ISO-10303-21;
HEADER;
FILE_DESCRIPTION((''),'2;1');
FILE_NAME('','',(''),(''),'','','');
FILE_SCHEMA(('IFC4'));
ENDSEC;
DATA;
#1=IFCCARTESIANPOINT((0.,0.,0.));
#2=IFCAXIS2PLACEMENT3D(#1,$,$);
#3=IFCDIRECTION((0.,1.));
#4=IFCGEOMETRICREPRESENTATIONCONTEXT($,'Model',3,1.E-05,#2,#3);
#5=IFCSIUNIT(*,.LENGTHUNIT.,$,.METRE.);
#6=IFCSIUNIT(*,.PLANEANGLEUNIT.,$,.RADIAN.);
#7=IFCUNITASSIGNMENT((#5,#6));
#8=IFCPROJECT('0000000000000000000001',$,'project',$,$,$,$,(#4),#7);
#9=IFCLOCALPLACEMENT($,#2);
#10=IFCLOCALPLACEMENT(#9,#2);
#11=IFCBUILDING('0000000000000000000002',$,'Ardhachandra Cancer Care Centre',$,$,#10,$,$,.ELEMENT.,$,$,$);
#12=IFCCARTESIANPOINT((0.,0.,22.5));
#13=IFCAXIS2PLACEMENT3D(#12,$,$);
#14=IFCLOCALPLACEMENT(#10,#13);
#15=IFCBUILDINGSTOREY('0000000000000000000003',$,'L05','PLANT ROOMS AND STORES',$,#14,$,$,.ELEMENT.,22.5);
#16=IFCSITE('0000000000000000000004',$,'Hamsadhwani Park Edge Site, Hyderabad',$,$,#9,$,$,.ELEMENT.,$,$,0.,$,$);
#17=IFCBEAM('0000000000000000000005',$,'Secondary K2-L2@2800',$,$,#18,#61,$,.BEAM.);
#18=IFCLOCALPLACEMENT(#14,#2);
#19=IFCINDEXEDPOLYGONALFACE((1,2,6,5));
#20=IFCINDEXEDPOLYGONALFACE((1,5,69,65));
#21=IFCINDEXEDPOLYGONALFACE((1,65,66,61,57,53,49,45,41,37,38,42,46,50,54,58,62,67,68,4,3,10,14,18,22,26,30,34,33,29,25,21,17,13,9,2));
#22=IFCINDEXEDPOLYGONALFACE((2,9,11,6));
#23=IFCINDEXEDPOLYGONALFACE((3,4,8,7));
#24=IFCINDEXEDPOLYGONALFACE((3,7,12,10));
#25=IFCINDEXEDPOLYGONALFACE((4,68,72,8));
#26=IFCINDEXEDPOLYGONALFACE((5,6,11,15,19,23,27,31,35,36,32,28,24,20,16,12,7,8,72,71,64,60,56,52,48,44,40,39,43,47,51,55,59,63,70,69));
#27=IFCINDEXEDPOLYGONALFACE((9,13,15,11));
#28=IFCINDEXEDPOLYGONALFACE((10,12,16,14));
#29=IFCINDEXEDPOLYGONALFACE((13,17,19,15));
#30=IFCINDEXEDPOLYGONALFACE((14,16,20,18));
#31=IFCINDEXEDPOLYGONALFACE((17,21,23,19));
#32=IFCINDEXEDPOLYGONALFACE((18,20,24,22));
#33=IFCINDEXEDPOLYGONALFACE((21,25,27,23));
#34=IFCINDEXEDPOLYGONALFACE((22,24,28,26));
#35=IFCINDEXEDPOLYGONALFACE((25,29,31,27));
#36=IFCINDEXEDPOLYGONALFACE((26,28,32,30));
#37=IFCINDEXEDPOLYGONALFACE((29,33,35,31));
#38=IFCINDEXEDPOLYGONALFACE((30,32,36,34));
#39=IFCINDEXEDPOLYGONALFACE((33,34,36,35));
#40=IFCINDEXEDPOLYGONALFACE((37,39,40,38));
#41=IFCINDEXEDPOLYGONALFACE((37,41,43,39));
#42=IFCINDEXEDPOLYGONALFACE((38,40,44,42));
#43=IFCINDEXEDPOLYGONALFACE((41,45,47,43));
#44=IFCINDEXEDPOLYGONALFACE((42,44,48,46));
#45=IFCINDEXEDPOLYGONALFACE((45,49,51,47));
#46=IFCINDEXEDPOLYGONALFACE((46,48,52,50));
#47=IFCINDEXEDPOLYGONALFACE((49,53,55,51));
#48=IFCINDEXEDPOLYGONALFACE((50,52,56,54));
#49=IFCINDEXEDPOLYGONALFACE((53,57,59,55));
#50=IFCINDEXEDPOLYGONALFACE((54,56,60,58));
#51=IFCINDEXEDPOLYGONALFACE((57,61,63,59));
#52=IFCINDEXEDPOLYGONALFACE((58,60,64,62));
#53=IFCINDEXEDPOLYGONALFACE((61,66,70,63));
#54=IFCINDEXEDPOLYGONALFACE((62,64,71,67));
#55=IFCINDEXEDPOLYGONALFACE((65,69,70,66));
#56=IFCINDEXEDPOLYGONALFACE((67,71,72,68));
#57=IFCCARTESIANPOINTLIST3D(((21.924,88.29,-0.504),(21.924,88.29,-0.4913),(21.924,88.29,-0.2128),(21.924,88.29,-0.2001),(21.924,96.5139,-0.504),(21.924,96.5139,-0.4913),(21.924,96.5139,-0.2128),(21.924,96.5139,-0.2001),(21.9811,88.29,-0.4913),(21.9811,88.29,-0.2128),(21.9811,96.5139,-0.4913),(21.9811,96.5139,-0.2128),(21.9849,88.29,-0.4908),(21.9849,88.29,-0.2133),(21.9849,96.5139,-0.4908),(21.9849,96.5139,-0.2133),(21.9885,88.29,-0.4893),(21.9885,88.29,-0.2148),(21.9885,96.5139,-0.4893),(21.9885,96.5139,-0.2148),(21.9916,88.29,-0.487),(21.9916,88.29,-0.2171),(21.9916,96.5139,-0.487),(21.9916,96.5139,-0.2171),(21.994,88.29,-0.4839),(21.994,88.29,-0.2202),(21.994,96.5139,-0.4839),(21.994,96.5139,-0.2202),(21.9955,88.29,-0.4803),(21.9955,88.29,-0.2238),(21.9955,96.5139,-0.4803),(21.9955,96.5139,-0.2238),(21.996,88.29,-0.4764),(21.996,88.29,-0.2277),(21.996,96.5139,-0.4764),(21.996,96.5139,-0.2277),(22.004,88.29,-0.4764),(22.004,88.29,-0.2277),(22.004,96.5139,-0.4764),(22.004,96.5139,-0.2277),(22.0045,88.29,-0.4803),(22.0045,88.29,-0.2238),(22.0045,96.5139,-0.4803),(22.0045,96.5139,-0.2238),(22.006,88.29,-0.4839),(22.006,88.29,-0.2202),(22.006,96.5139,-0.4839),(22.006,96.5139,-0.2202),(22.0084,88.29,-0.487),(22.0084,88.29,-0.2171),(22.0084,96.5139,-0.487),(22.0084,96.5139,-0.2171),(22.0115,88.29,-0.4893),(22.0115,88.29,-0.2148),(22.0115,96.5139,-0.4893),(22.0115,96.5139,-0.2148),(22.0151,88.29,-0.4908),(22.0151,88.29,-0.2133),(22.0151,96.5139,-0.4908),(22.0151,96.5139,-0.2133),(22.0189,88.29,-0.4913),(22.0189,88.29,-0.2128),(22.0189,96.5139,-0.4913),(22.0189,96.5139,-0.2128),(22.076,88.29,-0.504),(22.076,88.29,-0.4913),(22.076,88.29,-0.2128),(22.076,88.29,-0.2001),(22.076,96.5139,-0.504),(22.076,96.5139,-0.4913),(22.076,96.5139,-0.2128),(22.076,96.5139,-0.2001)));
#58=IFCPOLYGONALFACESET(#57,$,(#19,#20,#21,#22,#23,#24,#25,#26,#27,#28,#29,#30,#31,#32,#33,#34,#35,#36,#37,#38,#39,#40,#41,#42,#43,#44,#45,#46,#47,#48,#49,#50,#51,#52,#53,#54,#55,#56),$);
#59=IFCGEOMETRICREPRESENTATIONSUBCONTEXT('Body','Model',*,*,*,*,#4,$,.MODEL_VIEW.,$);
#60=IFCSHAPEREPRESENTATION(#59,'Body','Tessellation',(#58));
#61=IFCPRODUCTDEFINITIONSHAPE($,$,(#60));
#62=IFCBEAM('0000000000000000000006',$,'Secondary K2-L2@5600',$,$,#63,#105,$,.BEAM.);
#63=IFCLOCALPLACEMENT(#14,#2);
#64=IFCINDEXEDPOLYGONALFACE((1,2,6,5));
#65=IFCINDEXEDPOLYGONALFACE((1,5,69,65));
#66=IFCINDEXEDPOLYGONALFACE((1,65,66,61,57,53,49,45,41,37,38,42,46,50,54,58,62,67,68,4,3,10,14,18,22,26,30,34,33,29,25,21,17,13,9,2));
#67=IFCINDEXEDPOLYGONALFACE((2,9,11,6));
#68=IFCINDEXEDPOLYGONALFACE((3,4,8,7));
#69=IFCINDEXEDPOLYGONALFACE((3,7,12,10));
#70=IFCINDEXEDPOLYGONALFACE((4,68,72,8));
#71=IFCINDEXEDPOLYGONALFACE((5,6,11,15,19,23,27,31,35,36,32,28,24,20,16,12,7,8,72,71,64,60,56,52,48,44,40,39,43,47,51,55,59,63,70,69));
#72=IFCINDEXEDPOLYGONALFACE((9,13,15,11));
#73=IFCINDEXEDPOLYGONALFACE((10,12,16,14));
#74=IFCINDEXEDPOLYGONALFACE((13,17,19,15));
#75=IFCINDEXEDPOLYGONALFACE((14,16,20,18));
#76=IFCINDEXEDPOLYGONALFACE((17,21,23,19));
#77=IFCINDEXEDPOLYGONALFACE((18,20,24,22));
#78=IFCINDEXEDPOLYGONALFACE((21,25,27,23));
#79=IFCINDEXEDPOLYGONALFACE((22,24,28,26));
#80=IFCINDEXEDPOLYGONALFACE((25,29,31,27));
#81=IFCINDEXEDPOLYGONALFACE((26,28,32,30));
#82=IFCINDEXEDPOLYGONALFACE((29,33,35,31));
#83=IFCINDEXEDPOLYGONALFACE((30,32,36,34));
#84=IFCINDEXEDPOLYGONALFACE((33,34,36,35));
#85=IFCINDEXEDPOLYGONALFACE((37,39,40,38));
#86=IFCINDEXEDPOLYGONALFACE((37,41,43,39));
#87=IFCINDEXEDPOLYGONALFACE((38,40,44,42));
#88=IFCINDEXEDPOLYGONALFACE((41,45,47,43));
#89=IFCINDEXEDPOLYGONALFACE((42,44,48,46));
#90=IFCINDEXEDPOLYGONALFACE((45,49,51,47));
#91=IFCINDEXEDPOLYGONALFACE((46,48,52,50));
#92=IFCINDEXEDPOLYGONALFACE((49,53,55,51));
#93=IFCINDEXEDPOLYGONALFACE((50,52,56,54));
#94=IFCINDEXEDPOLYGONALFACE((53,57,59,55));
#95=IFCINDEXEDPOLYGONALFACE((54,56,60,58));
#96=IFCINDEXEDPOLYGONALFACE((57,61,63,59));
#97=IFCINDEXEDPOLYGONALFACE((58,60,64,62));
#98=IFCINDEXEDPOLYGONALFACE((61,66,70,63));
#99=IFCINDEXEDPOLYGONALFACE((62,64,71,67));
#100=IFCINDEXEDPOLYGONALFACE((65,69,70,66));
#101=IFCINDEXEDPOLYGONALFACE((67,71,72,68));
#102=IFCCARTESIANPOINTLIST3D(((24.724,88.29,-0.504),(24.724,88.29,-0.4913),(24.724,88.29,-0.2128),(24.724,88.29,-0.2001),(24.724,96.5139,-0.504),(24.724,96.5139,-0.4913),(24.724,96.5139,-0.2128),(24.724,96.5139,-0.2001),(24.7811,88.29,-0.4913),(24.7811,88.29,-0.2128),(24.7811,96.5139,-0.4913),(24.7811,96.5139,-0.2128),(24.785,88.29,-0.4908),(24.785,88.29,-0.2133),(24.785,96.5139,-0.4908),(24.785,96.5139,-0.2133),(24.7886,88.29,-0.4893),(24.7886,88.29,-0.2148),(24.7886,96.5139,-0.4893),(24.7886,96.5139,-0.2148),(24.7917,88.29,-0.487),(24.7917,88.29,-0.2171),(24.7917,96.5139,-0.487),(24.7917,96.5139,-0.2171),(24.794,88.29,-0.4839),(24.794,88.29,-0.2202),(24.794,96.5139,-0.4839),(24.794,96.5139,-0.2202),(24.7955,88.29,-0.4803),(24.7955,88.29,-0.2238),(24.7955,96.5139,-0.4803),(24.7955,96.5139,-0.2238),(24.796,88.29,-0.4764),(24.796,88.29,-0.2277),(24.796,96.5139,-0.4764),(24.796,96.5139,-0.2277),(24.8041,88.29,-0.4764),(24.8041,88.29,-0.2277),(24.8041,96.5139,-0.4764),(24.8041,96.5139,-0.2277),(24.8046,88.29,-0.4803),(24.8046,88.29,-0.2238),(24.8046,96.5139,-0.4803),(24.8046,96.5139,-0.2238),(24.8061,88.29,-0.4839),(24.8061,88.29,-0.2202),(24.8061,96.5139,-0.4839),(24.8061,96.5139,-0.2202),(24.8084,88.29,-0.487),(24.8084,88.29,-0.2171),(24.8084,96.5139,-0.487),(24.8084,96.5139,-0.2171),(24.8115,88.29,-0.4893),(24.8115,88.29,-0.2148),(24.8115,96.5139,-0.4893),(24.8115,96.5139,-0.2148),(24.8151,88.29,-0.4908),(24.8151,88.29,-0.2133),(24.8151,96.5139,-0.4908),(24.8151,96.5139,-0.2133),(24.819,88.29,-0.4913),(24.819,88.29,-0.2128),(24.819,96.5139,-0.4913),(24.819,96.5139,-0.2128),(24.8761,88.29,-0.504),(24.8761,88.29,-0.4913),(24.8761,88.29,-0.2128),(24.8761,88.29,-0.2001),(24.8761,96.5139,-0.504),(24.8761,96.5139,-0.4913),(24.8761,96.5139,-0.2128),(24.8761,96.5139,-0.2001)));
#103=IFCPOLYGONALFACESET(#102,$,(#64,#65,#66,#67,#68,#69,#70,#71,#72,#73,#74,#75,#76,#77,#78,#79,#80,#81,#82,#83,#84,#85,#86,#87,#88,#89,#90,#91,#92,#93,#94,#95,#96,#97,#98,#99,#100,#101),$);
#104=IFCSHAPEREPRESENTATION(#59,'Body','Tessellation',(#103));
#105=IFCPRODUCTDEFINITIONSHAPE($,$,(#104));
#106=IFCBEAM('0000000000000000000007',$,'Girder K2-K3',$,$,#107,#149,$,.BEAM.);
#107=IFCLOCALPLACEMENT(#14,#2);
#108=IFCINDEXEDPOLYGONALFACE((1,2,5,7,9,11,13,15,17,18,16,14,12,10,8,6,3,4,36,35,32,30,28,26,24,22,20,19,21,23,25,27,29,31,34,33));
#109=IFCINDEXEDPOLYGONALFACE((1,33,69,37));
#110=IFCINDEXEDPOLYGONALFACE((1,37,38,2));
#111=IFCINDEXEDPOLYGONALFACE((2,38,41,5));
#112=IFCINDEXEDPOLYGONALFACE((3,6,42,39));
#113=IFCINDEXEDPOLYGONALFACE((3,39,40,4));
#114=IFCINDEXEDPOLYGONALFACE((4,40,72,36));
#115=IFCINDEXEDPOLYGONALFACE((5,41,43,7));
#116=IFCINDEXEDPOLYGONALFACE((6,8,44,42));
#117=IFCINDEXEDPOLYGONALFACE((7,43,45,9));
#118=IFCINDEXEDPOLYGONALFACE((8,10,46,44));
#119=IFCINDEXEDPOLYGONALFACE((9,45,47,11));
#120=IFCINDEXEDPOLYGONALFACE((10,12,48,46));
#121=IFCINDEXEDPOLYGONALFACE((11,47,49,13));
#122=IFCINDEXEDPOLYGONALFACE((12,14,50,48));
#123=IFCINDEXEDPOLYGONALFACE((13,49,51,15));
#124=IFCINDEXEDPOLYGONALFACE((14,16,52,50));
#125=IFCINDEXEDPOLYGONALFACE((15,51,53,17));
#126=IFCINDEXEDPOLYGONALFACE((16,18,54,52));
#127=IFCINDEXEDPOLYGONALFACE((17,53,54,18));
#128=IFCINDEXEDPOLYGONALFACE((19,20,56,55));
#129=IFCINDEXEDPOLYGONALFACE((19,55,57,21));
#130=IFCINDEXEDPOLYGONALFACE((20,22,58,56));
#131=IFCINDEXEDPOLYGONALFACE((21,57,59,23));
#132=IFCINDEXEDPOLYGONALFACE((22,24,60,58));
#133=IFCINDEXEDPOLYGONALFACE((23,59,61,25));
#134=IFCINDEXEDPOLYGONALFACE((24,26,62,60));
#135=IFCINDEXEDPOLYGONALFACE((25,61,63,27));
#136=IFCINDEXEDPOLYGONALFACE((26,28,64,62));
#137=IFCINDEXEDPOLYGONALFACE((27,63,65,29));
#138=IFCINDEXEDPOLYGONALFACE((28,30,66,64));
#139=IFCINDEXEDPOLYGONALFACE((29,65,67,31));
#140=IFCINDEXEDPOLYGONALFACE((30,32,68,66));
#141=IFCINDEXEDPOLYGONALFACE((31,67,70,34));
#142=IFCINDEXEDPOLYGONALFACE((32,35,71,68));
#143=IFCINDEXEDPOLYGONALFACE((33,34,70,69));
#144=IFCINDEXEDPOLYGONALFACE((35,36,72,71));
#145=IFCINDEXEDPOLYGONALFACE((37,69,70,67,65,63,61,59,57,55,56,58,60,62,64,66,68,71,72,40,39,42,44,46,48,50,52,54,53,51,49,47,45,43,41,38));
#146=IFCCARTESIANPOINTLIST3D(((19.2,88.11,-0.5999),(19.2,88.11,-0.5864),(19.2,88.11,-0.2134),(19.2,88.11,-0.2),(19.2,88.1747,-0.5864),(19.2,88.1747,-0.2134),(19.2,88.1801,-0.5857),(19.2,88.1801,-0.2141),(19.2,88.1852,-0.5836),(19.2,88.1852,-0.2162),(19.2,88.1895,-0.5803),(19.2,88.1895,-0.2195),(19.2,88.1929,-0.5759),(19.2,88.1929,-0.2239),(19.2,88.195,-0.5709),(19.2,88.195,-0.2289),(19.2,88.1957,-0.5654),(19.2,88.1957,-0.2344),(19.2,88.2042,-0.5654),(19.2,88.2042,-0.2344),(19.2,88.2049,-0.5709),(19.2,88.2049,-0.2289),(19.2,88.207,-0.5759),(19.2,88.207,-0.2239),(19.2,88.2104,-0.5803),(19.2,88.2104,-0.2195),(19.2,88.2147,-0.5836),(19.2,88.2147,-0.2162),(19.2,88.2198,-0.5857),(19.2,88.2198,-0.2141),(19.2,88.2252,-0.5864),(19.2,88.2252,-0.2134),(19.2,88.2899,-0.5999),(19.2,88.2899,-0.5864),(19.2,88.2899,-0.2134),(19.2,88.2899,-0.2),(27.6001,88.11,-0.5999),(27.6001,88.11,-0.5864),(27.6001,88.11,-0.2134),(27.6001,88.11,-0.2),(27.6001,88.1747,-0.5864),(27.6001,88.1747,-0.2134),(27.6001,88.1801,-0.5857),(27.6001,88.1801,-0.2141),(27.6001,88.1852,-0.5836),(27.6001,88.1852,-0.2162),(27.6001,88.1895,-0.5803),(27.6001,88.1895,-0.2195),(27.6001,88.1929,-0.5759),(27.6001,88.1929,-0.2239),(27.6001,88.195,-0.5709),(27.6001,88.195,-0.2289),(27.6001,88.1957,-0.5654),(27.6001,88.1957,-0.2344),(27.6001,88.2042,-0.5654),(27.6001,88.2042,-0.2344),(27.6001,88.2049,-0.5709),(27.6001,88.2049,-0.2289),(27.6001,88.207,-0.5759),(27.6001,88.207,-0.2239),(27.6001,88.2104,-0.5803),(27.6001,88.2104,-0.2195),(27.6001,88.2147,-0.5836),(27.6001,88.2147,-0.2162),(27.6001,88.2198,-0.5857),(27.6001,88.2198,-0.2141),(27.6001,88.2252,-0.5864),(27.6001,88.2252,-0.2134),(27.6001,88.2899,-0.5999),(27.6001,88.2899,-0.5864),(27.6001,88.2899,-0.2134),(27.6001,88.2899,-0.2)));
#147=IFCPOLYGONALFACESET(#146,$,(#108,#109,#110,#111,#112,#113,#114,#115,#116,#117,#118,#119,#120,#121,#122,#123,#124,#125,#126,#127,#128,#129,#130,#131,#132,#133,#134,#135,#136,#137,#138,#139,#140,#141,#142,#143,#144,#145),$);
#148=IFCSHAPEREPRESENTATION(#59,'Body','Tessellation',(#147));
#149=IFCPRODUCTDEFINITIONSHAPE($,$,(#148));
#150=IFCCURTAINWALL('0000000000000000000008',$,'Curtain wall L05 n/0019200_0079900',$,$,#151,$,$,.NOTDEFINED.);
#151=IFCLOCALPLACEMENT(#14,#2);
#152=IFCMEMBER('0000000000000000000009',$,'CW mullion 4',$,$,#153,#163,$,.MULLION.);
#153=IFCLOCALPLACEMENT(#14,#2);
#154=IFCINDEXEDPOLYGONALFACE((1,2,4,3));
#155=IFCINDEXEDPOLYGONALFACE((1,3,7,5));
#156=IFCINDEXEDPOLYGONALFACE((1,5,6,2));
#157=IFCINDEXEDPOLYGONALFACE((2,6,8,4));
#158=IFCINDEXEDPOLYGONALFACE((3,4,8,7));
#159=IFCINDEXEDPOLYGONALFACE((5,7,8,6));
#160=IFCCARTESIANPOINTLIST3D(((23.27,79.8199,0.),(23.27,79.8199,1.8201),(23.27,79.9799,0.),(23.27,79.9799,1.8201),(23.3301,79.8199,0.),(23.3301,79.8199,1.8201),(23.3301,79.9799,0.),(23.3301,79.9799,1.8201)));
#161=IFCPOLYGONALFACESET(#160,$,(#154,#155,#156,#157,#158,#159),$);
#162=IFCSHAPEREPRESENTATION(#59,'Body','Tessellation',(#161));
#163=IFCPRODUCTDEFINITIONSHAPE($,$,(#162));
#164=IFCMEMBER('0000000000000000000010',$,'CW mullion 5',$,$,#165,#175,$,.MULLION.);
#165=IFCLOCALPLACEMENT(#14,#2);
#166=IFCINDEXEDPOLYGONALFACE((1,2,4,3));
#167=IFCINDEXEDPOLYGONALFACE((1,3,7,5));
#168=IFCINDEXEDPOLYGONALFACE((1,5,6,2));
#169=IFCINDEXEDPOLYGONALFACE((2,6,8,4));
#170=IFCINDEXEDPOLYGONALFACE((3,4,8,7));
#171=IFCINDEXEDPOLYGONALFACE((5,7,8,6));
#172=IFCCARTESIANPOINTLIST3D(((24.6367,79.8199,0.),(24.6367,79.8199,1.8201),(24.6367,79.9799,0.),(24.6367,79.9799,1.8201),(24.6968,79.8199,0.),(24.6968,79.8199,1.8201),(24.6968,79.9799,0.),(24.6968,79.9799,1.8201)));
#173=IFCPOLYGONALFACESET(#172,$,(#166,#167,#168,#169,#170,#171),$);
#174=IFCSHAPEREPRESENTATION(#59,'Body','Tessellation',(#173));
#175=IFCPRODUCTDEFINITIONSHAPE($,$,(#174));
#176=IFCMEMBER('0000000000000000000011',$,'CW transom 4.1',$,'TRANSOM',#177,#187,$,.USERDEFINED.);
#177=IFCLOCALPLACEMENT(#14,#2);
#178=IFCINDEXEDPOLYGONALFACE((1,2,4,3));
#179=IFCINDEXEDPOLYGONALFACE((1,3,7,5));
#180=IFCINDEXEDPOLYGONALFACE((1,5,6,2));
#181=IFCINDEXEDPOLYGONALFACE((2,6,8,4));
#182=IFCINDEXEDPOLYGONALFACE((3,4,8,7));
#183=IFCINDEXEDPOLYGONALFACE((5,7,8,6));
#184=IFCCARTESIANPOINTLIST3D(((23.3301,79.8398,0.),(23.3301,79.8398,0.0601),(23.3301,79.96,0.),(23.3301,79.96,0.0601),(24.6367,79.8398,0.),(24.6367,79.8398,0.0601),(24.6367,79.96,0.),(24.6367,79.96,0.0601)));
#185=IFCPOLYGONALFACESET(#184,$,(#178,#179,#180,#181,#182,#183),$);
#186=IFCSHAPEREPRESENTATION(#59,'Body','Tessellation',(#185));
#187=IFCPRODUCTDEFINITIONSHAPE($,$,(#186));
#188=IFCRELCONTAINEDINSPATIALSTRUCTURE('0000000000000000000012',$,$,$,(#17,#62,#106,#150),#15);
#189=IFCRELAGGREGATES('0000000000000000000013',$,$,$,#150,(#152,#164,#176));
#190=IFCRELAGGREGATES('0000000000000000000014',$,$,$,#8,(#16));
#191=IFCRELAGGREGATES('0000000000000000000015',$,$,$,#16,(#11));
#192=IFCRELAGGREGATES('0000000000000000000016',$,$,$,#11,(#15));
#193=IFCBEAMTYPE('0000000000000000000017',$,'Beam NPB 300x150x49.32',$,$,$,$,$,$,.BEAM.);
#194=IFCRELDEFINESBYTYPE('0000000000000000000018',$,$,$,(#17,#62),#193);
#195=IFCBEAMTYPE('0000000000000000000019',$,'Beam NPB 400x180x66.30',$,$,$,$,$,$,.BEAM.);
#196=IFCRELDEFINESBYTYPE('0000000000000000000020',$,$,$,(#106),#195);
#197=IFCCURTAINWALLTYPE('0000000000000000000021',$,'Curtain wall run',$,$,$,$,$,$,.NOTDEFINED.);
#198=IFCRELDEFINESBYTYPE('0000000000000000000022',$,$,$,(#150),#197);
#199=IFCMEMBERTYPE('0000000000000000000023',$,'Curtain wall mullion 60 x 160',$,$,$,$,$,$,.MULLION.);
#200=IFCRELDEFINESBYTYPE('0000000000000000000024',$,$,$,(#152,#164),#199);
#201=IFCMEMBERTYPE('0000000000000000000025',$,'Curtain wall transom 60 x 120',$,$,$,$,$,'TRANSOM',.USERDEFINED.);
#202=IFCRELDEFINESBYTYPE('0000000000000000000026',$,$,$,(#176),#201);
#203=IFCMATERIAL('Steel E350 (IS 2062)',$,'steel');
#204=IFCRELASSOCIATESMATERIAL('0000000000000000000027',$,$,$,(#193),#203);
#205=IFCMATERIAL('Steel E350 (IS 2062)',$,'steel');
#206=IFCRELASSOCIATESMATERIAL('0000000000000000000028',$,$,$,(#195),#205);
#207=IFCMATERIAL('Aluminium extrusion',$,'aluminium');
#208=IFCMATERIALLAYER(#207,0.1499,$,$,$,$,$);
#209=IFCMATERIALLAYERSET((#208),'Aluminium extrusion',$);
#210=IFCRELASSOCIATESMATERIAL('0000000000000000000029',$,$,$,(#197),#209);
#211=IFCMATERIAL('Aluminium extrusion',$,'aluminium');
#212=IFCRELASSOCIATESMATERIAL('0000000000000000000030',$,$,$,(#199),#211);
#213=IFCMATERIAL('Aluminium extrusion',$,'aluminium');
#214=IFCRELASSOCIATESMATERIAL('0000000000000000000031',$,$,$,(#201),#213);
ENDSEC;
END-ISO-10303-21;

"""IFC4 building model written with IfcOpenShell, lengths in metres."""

from ifc_helpers import new_model, si_unit, direction, frame, origin, origin_2d, place, context, subcontext, project, spatial, rectangle, i_section, extrude, material, layer, layer_set, material_profile, profile_set, type_object, element, aggregate, save


model = new_model("IFC4")

# Units and contexts
model_context = context("Model", 3, precision=1e-05, world=origin(), true_north=direction((0.0, 1.0)))
body_context = subcontext(model_context, "Body", "Model", "MODEL_VIEW")
ifc_project = project(units=[si_unit("LENGTHUNIT", "METRE"), si_unit("PLANEANGLEUNIT", "RADIAN")], contexts=[model_context])

# Site, building, storey
site_placement = place(None, origin())
site = spatial("IfcSite", under=ifc_project, at=site_placement, Name="Hamsadhwani Park Edge Site, Hyderabad", CompositionType="ELEMENT", RefElevation=0.0)
building_placement = place(site_placement, origin())
building = spatial("IfcBuilding", under=site, at=building_placement, Name="Ardhachandra Cancer Care Centre", CompositionType="ELEMENT")
storey_placement = place(building_placement, frame((0.0, 0.0, 22.5)))
storey = spatial("IfcBuildingStorey", under=building, at=storey_placement, Name="L05", Description="PLANT ROOMS AND STORES", CompositionType="ELEMENT", Elevation=22.5)

# Beams
ifc_material_1 = material(Name="Steel E350 (IS 2062)", Category="steel")
ifc_material_profile_1 = material_profile(ifc_material_1, i_section(OverallWidth=0.1521, OverallDepth=0.304, WebThickness=0.0081, FlangeThickness=0.0127, FilletRadius=0.0149, at=origin_2d()), Name="NPB 300x150x49.32")
ifc_profile_set_1 = profile_set([ifc_material_profile_1], Name="Steel E350 (IS 2062)")
beam_type_1 = type_object("IfcBeamType", Name="Beam NPB 300x150x49.32", PredefinedType="BEAM", material=ifc_profile_set_1)
for number, where, z_axis, x_axis, name in (
    (1, (22.0, 88.29, -0.3521), (0.0, 1.0, 0.0), (-1.0, 0.0, 0.0), "Secondary K2-L2@2800"),
    (2, (24.8, 88.29, -0.3521), (0.0, 1.0, 0.0), (-1.0, 0.0, 0.0), "Secondary K2-L2@5600"),
):
    element("IfcBeam", number, at=place(storey_placement, frame(where, z_axis=z_axis, x_axis=x_axis)), inside=storey, type_object=beam_type_1, Name=name, PredefinedType="BEAM", context=body_context, shape_type="SweptSolid", body=[
        extrude(i_section(OverallWidth=0.1521, OverallDepth=0.304, WebThickness=0.0081, FlangeThickness=0.0127, FilletRadius=0.0149, at=origin_2d()), origin(), (0.0, 0.0, 1.0), 8.2239),
    ])
ifc_material_2 = material(Name="Steel E350 (IS 2062)", Category="steel")
ifc_material_profile_2 = material_profile(ifc_material_2, i_section(OverallWidth=0.1799, OverallDepth=0.3999, WebThickness=0.0085, FlangeThickness=0.0134, FilletRadius=0.021, at=origin_2d()), Name="NPB 400x180x66.30")
ifc_profile_set_2 = profile_set([ifc_material_profile_2], Name="Steel E350 (IS 2062)")
beam_type_2 = type_object("IfcBeamType", Name="Beam NPB 400x180x66.30", PredefinedType="BEAM", material=ifc_profile_set_2)
beam_placement = place(storey_placement, frame((19.2, 88.2, -0.3999), z_axis=(1.0, 0.0, 0.0), x_axis=(0.0, 1.0, 0.0)))
element("IfcBeam", 3, at=beam_placement, inside=storey, type_object=beam_type_2, Name="Girder K2-K3", PredefinedType="BEAM", context=body_context, shape_type="SweptSolid", body=[
    extrude(i_section(OverallWidth=0.1799, OverallDepth=0.3999, WebThickness=0.0085, FlangeThickness=0.0134, FilletRadius=0.021, at=origin_2d()), origin(), (0.0, 0.0, 1.0), 8.4001),
])

# Curtain wall, members
ifc_material_3 = material(Name="Aluminium extrusion", Category="aluminium")
ifc_layer_1 = layer(ifc_material_3, 0.1499)
ifc_layer_set_1 = layer_set([ifc_layer_1], Name="Aluminium extrusion")
curtain_wall_type = type_object("IfcCurtainWallType", Name="Curtain wall run", PredefinedType="NOTDEFINED", material=ifc_layer_set_1)
curtain_wall_placement = place(storey_placement, origin())
curtain_wall = element("IfcCurtainWall", 4, at=curtain_wall_placement, inside=storey, type_object=curtain_wall_type, Name="Curtain wall L05 n/0019200_0079900", PredefinedType="NOTDEFINED")
ifc_material_4 = material(Name="Aluminium extrusion", Category="aluminium")
ifc_material_profile_3 = material_profile(ifc_material_4, rectangle(XDim=0.1599, YDim=0.0601, at=origin_2d()), Name="Curtain wall mullion 60 x 160")
ifc_profile_set_3 = profile_set([ifc_material_profile_3], Name="Aluminium extrusion")
member_type_1 = type_object("IfcMemberType", Name="Curtain wall mullion 60 x 160", PredefinedType="MULLION", material=ifc_profile_set_3)
member_1_placement = place(storey_placement, frame((23.3, 79.8999, 0.0), z_axis=(0.0, 0.0, 1.0), x_axis=(0.0, 1.0, 0.0)))
member_1 = element("IfcMember", 5, at=member_1_placement, type_object=member_type_1, Name="CW mullion 4", PredefinedType="MULLION", context=body_context, shape_type="SweptSolid", body=[
    extrude(rectangle(XDim=0.1599, YDim=0.0601, at=origin_2d()), origin(), (0.0, 0.0, 1.0), 1.8201),
])
member_2_placement = place(storey_placement, frame((24.6667, 79.8999, 0.0), z_axis=(0.0, 0.0, 1.0), x_axis=(0.0, 1.0, 0.0)))
member_2 = element("IfcMember", 6, at=member_2_placement, type_object=member_type_1, Name="CW mullion 5", PredefinedType="MULLION", context=body_context, shape_type="SweptSolid", body=[
    extrude(rectangle(XDim=0.1599, YDim=0.0601, at=origin_2d()), origin(), (0.0, 0.0, 1.0), 1.8201),
])
ifc_material_5 = material(Name="Aluminium extrusion", Category="aluminium")
ifc_material_profile_4 = material_profile(ifc_material_5, rectangle(XDim=0.1201, YDim=0.0601, at=origin_2d()), Name="Curtain wall transom 60 x 120")
ifc_profile_set_4 = profile_set([ifc_material_profile_4], Name="Aluminium extrusion")
member_type_2 = type_object("IfcMemberType", Name="Curtain wall transom 60 x 120", ElementType="TRANSOM", PredefinedType="USERDEFINED", material=ifc_profile_set_4)
member_3_placement = place(storey_placement, frame((23.3301, 79.8999, 0.03), z_axis=(1.0, 0.0, 0.0), x_axis=(0.0, 1.0, 0.0)))
member_3 = element("IfcMember", 7, at=member_3_placement, type_object=member_type_2, Name="CW transom 4.1", ObjectType="TRANSOM", PredefinedType="USERDEFINED", context=body_context, shape_type="SweptSolid", body=[
    extrude(rectangle(XDim=0.1201, YDim=0.0601, at=origin_2d()), origin(), (0.0, 0.0, 1.0), 1.3066),
])

aggregate(curtain_wall, [member_1, member_2, member_3])

save(model, "model.ifc")
